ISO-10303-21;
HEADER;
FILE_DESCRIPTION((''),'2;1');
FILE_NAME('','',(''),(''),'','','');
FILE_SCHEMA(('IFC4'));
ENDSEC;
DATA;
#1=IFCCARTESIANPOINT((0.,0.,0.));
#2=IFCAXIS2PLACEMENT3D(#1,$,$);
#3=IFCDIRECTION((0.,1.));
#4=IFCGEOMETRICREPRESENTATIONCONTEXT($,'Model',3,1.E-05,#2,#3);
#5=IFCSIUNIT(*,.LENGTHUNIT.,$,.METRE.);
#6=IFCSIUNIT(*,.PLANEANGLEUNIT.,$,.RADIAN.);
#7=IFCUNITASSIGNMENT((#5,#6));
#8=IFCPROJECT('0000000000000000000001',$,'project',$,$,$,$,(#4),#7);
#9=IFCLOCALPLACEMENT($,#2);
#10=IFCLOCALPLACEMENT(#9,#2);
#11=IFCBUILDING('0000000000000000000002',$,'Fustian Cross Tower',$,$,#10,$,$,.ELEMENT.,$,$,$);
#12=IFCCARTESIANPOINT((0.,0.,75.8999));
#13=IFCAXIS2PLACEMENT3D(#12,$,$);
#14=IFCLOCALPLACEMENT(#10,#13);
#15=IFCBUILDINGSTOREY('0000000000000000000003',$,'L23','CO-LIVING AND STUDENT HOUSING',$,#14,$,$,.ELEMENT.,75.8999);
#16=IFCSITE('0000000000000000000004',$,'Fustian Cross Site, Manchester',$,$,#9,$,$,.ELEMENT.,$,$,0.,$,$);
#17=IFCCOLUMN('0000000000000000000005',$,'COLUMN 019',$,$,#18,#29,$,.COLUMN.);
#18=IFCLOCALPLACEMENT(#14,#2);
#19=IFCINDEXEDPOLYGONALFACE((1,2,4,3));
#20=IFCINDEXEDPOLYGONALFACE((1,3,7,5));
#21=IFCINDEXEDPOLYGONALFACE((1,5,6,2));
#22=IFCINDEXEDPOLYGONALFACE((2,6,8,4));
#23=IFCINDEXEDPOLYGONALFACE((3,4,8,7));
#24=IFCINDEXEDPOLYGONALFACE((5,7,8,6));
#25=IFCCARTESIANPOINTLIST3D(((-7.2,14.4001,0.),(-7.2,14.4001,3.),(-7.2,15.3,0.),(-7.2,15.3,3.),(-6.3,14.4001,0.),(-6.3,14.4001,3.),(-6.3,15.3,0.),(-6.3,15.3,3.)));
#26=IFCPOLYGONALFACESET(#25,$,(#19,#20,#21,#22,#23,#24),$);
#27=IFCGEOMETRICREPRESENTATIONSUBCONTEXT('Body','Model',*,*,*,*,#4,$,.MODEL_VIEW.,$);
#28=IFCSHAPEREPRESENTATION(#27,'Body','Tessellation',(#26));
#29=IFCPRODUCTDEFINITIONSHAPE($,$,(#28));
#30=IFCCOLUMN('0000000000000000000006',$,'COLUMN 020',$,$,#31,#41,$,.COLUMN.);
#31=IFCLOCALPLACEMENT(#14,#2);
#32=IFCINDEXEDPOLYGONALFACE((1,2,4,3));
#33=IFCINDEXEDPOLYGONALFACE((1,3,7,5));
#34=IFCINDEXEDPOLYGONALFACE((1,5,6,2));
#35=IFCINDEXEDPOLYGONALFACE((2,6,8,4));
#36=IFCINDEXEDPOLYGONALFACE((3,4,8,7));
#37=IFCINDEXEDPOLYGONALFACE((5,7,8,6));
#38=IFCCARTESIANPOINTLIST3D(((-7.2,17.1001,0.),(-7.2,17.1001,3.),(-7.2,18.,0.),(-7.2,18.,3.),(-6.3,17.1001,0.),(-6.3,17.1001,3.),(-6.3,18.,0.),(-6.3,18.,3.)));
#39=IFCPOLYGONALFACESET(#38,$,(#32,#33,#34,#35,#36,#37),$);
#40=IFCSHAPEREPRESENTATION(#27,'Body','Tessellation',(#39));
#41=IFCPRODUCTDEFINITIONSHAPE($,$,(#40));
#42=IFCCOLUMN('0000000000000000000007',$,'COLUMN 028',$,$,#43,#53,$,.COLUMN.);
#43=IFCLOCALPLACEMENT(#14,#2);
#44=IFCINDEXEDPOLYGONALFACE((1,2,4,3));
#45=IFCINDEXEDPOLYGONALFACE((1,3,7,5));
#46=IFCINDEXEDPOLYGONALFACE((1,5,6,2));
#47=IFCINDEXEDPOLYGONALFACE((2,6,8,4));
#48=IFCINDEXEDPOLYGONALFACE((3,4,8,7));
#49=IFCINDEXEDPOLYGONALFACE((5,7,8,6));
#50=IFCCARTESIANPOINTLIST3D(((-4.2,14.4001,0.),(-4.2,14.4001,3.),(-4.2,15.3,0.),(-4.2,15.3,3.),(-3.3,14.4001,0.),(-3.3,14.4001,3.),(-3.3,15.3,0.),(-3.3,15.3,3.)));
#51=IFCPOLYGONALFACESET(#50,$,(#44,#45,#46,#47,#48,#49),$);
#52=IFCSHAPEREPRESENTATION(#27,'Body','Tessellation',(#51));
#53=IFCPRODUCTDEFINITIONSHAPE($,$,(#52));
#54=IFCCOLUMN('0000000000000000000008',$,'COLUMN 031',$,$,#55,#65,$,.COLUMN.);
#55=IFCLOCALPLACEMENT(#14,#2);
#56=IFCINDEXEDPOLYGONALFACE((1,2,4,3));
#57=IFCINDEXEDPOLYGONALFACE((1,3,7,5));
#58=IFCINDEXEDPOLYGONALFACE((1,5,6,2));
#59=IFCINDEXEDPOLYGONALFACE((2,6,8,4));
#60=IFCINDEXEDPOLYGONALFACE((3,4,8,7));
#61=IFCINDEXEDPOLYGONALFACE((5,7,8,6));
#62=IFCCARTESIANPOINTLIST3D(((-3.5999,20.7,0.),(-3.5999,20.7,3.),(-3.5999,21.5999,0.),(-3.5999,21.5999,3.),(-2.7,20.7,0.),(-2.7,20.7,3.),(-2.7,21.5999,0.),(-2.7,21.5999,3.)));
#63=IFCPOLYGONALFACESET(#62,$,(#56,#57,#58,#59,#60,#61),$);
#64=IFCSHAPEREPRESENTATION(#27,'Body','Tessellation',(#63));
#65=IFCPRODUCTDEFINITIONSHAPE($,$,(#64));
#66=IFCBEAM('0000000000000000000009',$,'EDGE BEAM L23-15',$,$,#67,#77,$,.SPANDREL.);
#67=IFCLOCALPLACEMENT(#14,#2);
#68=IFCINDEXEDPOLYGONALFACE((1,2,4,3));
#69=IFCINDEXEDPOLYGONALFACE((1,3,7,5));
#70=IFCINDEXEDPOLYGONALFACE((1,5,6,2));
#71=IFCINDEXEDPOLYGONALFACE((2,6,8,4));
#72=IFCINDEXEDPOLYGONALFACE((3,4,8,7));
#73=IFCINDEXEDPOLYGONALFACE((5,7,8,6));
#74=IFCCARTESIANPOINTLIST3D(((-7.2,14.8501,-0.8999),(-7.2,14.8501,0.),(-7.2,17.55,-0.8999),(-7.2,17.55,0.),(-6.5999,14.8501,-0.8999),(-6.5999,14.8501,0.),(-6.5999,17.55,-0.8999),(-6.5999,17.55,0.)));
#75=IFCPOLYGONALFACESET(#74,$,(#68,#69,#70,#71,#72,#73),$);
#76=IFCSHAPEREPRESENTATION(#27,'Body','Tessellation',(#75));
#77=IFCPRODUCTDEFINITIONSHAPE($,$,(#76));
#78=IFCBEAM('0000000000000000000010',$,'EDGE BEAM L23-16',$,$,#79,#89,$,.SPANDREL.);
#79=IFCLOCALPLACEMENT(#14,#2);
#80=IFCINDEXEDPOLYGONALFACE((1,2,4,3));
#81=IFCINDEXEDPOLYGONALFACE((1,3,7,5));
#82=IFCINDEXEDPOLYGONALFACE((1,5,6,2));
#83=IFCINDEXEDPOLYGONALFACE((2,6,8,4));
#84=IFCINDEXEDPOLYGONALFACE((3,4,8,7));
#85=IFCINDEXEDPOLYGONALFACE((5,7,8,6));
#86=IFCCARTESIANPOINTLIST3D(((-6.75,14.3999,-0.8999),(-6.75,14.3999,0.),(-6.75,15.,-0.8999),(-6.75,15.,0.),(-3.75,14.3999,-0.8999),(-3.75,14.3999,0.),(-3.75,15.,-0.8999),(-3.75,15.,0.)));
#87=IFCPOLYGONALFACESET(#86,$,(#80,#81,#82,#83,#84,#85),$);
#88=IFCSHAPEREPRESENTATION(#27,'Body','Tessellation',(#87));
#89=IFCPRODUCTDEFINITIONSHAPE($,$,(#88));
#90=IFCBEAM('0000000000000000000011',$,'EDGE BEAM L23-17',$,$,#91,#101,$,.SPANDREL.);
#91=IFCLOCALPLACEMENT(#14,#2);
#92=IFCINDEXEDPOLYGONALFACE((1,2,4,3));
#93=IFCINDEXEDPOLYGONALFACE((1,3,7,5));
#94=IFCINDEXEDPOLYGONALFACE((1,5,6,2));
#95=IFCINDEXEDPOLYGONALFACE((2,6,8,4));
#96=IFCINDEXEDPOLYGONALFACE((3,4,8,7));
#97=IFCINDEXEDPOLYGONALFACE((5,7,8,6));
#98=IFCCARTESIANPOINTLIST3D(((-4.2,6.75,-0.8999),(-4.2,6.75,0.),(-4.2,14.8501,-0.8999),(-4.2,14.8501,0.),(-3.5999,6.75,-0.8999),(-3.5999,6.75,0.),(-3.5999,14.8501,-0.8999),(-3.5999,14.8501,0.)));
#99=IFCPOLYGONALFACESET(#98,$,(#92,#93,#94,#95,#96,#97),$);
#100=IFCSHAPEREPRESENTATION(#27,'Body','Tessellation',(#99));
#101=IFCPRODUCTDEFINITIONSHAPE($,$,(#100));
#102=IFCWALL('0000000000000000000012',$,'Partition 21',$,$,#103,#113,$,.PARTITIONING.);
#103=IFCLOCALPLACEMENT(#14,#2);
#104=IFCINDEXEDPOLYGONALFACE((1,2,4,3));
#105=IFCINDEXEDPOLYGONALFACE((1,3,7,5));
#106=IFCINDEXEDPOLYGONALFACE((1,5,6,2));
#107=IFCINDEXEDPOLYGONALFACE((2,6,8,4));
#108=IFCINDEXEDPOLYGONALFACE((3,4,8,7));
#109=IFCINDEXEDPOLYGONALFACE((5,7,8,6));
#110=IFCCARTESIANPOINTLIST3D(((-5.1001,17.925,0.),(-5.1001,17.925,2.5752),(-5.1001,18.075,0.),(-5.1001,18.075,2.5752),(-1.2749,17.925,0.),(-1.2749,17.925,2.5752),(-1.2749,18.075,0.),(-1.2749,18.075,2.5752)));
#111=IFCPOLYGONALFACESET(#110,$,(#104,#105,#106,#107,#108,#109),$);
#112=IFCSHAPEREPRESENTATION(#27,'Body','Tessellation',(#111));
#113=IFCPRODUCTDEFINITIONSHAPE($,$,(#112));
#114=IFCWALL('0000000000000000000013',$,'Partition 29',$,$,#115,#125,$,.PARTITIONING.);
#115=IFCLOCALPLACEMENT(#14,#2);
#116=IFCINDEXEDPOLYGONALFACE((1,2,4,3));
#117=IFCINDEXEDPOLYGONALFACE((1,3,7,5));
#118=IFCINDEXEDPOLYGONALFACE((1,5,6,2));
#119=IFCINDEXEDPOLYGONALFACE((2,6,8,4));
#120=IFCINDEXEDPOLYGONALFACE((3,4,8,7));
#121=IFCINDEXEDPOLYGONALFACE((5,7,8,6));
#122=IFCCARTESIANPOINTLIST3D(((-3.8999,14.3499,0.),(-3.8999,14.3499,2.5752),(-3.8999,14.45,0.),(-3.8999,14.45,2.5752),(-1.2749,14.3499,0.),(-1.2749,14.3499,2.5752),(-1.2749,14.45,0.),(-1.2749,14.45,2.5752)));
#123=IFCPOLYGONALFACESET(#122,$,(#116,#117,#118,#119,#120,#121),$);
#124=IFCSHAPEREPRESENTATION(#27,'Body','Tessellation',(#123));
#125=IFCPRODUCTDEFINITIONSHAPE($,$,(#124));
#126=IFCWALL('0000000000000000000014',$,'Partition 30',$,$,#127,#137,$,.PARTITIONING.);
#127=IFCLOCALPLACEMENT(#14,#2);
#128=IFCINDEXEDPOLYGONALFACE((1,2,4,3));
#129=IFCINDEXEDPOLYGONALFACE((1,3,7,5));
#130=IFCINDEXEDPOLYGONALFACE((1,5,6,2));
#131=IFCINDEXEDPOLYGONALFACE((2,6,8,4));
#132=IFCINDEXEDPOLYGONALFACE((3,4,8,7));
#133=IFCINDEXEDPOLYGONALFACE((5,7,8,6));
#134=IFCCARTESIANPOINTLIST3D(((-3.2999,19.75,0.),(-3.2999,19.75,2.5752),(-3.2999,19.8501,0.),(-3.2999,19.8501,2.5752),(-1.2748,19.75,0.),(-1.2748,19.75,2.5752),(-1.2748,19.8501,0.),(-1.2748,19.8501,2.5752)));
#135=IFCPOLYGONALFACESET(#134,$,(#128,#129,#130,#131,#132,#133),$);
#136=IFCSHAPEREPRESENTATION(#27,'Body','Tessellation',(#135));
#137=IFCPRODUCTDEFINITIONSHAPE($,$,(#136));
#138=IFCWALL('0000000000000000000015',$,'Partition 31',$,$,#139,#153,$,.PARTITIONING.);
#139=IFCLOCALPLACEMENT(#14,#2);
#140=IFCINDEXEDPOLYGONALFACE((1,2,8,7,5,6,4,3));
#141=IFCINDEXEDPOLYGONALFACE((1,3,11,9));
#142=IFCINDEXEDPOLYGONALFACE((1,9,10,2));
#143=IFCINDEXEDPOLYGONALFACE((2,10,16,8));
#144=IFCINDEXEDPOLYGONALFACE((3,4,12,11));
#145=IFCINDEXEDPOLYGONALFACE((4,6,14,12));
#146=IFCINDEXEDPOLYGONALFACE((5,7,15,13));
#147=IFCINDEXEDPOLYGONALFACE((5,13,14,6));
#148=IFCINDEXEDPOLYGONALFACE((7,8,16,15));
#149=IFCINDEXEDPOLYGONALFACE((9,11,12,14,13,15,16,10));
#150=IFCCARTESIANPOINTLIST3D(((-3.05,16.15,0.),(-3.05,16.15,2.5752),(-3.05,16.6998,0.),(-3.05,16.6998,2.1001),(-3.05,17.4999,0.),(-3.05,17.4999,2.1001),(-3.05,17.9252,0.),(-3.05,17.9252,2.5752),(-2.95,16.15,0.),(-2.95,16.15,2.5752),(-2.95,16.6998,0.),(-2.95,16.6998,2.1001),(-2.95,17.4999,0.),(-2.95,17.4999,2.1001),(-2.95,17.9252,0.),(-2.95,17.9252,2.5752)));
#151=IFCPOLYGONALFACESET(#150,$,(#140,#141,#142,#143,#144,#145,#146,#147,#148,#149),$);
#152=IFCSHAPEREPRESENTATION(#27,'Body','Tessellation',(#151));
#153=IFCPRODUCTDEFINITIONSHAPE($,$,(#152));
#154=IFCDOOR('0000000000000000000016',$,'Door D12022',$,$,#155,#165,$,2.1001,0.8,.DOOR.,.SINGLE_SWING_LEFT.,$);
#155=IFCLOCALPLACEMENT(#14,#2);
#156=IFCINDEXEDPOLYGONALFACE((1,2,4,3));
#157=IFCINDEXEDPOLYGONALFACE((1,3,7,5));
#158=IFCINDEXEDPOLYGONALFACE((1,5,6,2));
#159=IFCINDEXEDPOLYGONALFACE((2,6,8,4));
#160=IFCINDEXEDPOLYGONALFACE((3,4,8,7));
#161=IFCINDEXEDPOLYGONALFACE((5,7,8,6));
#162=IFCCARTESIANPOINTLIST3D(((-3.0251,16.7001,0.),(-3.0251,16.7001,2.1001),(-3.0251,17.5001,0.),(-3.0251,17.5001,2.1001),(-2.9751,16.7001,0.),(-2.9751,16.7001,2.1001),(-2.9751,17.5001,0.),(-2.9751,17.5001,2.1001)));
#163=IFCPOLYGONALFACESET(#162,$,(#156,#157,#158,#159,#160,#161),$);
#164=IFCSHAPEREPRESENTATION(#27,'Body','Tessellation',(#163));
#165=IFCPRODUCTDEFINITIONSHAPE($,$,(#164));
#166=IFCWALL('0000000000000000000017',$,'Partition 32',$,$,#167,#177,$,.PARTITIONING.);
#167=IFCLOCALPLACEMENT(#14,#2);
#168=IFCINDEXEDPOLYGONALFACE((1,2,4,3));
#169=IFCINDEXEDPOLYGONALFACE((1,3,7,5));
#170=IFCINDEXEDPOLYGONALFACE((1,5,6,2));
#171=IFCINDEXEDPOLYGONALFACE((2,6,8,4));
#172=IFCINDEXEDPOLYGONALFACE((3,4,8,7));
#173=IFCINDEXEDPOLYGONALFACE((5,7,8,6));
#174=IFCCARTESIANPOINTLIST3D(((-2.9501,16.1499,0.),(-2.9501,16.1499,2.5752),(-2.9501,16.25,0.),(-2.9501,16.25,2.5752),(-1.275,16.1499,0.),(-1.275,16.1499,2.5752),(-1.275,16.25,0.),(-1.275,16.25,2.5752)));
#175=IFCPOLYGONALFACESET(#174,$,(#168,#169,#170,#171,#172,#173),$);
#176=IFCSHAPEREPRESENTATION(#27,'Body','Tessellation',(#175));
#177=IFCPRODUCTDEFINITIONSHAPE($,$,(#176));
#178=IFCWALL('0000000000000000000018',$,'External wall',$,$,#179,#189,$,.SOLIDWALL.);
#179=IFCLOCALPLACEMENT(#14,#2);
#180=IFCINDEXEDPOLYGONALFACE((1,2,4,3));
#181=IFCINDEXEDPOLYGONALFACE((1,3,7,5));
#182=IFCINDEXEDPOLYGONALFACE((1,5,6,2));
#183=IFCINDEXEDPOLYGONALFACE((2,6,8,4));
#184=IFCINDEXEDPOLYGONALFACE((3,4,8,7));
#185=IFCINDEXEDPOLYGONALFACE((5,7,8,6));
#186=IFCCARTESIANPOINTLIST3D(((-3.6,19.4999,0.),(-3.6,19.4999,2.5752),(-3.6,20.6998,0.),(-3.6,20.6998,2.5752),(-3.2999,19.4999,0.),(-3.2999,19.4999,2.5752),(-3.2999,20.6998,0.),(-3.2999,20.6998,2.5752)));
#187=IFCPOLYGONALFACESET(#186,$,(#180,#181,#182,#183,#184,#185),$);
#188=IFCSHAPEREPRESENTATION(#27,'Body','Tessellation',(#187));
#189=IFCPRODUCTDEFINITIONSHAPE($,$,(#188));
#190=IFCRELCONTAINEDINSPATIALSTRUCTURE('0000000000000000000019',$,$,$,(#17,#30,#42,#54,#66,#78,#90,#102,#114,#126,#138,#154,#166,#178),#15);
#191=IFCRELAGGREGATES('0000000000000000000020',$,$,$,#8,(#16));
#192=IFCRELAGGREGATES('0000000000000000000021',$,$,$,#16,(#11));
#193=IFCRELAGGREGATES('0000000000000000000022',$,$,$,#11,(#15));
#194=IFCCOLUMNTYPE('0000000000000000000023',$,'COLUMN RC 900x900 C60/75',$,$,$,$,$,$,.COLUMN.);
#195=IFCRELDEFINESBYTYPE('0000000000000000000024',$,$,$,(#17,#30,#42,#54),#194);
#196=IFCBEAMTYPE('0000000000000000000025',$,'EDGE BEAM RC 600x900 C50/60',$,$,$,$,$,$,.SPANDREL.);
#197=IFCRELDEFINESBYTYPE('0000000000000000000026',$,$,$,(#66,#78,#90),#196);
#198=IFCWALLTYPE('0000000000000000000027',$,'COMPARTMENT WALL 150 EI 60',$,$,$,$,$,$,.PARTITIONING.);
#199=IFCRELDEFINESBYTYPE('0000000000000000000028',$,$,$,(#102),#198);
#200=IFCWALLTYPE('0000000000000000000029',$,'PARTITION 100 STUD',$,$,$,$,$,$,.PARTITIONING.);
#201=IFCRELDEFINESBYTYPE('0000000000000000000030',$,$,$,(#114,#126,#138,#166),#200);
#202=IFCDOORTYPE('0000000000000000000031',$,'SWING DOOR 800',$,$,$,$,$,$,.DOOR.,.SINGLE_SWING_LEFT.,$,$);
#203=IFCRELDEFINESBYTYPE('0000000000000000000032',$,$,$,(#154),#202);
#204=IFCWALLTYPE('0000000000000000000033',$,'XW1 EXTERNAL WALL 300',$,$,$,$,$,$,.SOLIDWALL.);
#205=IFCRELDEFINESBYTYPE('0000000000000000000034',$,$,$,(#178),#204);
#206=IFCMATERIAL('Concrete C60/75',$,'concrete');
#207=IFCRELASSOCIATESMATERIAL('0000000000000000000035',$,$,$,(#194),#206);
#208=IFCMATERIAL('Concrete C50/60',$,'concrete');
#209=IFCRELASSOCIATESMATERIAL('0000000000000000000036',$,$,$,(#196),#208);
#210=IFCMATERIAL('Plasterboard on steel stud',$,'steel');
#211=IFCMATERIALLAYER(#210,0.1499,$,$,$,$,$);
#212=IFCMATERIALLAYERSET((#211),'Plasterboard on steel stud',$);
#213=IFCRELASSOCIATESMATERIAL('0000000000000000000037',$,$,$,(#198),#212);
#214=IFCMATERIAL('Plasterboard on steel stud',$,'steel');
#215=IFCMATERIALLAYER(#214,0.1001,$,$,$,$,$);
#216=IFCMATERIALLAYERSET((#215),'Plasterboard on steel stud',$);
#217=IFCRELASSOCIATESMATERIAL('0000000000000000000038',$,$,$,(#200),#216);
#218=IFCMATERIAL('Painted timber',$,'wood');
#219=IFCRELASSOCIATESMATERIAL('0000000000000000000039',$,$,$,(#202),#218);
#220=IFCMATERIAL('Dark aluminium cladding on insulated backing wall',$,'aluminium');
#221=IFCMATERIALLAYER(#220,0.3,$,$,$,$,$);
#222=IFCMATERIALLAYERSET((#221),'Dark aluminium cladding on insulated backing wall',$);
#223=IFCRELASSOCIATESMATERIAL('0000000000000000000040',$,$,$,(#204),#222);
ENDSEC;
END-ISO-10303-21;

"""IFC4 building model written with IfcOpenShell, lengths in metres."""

from ifc_helpers import new_model, si_unit, direction, frame, frame_2d, origin, origin_2d, place, context, subcontext, project, spatial, rectangle, extrude, material, layer, layer_set, material_profile, profile_set, type_object, element, fill, save


model = new_model("IFC4")

# Units and contexts
model_context = context("Model", 3, precision=1e-05, world=origin(), true_north=direction((0.0, 1.0)))
body_context = subcontext(model_context, "Body", "Model", "MODEL_VIEW")
ifc_project = project(units=[si_unit("LENGTHUNIT", "METRE"), si_unit("PLANEANGLEUNIT", "RADIAN")], contexts=[model_context])

# Site, building, storey
site_placement = place(None, origin())
site = spatial("IfcSite", under=ifc_project, at=site_placement, Name="Fustian Cross Site, Manchester", CompositionType="ELEMENT", RefElevation=0.0)
building_placement = place(site_placement, origin())
building = spatial("IfcBuilding", under=site, at=building_placement, Name="Fustian Cross Tower", CompositionType="ELEMENT")
storey_placement = place(building_placement, frame((0.0, 0.0, 75.8999)))
storey = spatial("IfcBuildingStorey", under=building, at=storey_placement, Name="L23", Description="CO-LIVING AND STUDENT HOUSING", CompositionType="ELEMENT", Elevation=75.8999)

# Columns
ifc_material_1 = material(Name="Concrete C60/75", Category="concrete")
ifc_material_profile_1 = material_profile(ifc_material_1, rectangle(XDim=0.8999, YDim=0.8999, at=origin_2d()), Name="RC 900x900")
ifc_profile_set_1 = profile_set([ifc_material_profile_1], Name="Concrete C60/75")
column_type = type_object("IfcColumnType", Name="COLUMN RC 900x900 C60/75", PredefinedType="COLUMN", material=ifc_profile_set_1)
for number, where, z_axis, x_axis, name in (
    (1, (-6.75, 14.8501, 0.0), (0.0, 0.0, 1.0), (1.0, 0.0, 0.0), "COLUMN 019"),
    (2, (-6.75, 17.55, 0.0), (0.0, 0.0, 1.0), (1.0, 0.0, 0.0), "COLUMN 020"),
    (3, (-3.75, 14.8501, 0.0), (0.0, 0.0, 1.0), (1.0, 0.0, 0.0), "COLUMN 028"),
    (4, (-3.1499, 21.1499, 0.0), (0.0, 0.0, 1.0), (1.0, 0.0, 0.0), "COLUMN 031"),
):
    element("IfcColumn", number, at=place(storey_placement, frame(where, z_axis=z_axis, x_axis=x_axis)), inside=storey, type_object=column_type, Name=name, PredefinedType="COLUMN", context=body_context, shape_type="SweptSolid", body=[
        extrude(rectangle(XDim=0.8999, YDim=0.8999, at=origin_2d()), origin(), (0.0, 0.0, 1.0), 3.0),
    ])

# Beams
ifc_material_2 = material(Name="Concrete C50/60", Category="concrete")
ifc_material_profile_2 = material_profile(ifc_material_2, rectangle(XDim=0.6001, YDim=0.8999, at=origin_2d()), Name="RC 600x900")
ifc_profile_set_2 = profile_set([ifc_material_profile_2], Name="Concrete C50/60")
beam_type = type_object("IfcBeamType", Name="EDGE BEAM RC 600x900 C50/60", PredefinedType="SPANDREL", material=ifc_profile_set_2)
beam_1_placement = place(storey_placement, frame((-6.8999, 17.55, -0.45), z_axis=(0.0, -1.0, 0.0), x_axis=(1.0, 0.0, 0.0)))
element("IfcBeam", 5, at=beam_1_placement, inside=storey, type_object=beam_type, Name="EDGE BEAM L23-15", PredefinedType="SPANDREL", context=body_context, shape_type="SweptSolid", body=[
    extrude(rectangle(XDim=0.6001, YDim=0.8999, at=origin_2d()), origin(), (0.0, 0.0, 1.0), 2.7),
])
beam_2_placement = place(storey_placement, frame((-6.75, 14.7, -0.45), z_axis=(1.0, 0.0, 0.0), x_axis=(0.0, 1.0, 0.0)))
element("IfcBeam", 6, at=beam_2_placement, inside=storey, type_object=beam_type, Name="EDGE BEAM L23-16", PredefinedType="SPANDREL", context=body_context, shape_type="SweptSolid", body=[
    extrude(rectangle(XDim=0.6001, YDim=0.8999, at=origin_2d()), origin(), (0.0, 0.0, 1.0), 3.0),
])
beam_3_placement = place(storey_placement, frame((-3.8999, 14.8501, -0.45), z_axis=(0.0, -1.0, 0.0), x_axis=(1.0, 0.0, 0.0)))
element("IfcBeam", 7, at=beam_3_placement, inside=storey, type_object=beam_type, Name="EDGE BEAM L23-17", PredefinedType="SPANDREL", context=body_context, shape_type="SweptSolid", body=[
    extrude(rectangle(XDim=0.6001, YDim=0.8999, at=origin_2d()), origin(), (0.0, 0.0, 1.0), 8.1001),
])

# Walls
ifc_material_3 = material(Name="Plasterboard on steel stud", Category="steel")
ifc_layer_1 = layer(ifc_material_3, 0.1499)
ifc_layer_set_1 = layer_set([ifc_layer_1], Name="Plasterboard on steel stud")
wall_type_1 = type_object("IfcWallType", Name="COMPARTMENT WALL 150 EI 60", PredefinedType="PARTITIONING", material=ifc_layer_set_1)
wall_1_placement = place(storey_placement, frame((-5.1001, 18.0, 0.0), z_axis=(0.0, 0.0, 1.0), x_axis=(1.0, 0.0, 0.0)))
element("IfcWall", 8, at=wall_1_placement, inside=storey, type_object=wall_type_1, Name="Partition 21", PredefinedType="PARTITIONING", context=body_context, shape_type="SweptSolid", body=[
    extrude(rectangle(XDim=3.8252, YDim=0.1499, at=frame_2d((1.9126, 0.0))), origin(), (0.0, 0.0, 1.0), 2.5752),
])
ifc_material_4 = material(Name="Plasterboard on steel stud", Category="steel")
ifc_layer_2 = layer(ifc_material_4, 0.1001)
ifc_layer_set_2 = layer_set([ifc_layer_2], Name="Plasterboard on steel stud")
wall_type_2 = type_object("IfcWallType", Name="PARTITION 100 STUD", PredefinedType="PARTITIONING", material=ifc_layer_set_2)
wall_2_placement = place(storey_placement, frame((-3.8999, 14.3999, 0.0), z_axis=(0.0, 0.0, 1.0), x_axis=(1.0, 0.0, 0.0)))
element("IfcWall", 9, at=wall_2_placement, inside=storey, type_object=wall_type_2, Name="Partition 29", PredefinedType="PARTITIONING", context=body_context, shape_type="SweptSolid", body=[
    extrude(rectangle(XDim=2.625, YDim=0.1001, at=frame_2d((1.3125, 0.0))), origin(), (0.0, 0.0, 1.0), 2.5752),
])
wall_3_placement = place(storey_placement, frame((-3.3, 19.8, 0.0), z_axis=(0.0, 0.0, 1.0), x_axis=(1.0, 0.0, 0.0)))
element("IfcWall", 10, at=wall_3_placement, inside=storey, type_object=wall_type_2, Name="Partition 30", PredefinedType="PARTITIONING", context=body_context, shape_type="SweptSolid", body=[
    extrude(rectangle(XDim=2.0251, YDim=0.1001, at=frame_2d((1.0127, 0.0))), origin(), (0.0, 0.0, 1.0), 2.5752),
])

# Wall, opening, door
wall_4_placement = place(storey_placement, frame((-3.0, 16.1499, 0.0), z_axis=(0.0, 0.0, 1.0), x_axis=(0.0, 1.0, 0.0)))
wall_4 = element("IfcWall", 11, at=wall_4_placement, inside=storey, type_object=wall_type_2, Name="Partition 31", PredefinedType="PARTITIONING", context=body_context, shape_type="SweptSolid", body=[
    extrude(rectangle(XDim=1.7751, YDim=0.1001, at=frame_2d((0.8877, 0.0))), origin(), (0.0, 0.0, 1.0), 2.5752),
])
opening_1_placement = place(wall_4_placement, frame((0.55, 0.0, 0.0)))
opening_1 = element("IfcOpeningElement", 12, at=opening_1_placement, cuts=wall_4, PredefinedType="OPENING", context=body_context, shape_type="SweptSolid", body=[
    extrude(rectangle(XDim=0.8, YDim=2.1001, at=frame_2d((0.3999, 1.05))), frame((0.0, 0.0601, 0.0), z_axis=(0.0, -1.0, 0.0), x_axis=(1.0, 0.0, 0.0)), (0.0, 0.0, 1.0), 0.1201),
])
ifc_material_5 = material(Name="Painted timber", Category="wood")
door_type_1 = type_object("IfcDoorType", Name="SWING DOOR 800", OperationType="SINGLE_SWING_LEFT", PredefinedType="DOOR", material=ifc_material_5)
door_1_placement = place(opening_1_placement, frame((0.8, 0.0, 0.0), z_axis=(0.0, 0.0, 1.0), x_axis=(-1.0, 0.0, 0.0)))
door_1 = element("IfcDoor", 13, at=door_1_placement, inside=storey, type_object=door_type_1, Name="Door D12022", OperationType="SINGLE_SWING_LEFT", OverallHeight=2.1001, OverallWidth=0.8, PredefinedType="DOOR", context=body_context, shape_type="SweptSolid", body=[
    extrude(rectangle(XDim=0.8, YDim=2.1001, at=frame_2d((0.3999, 1.05))), frame((0.0, 0.0249, 0.0), z_axis=(0.0, -1.0, 0.0), x_axis=(1.0, 0.0, 0.0)), (0.0, 0.0, 1.0), 0.05),
])
fill(opening_1, door_1)

# Walls
wall_5_placement = place(storey_placement, frame((-2.95, 16.2, 0.0), z_axis=(0.0, 0.0, 1.0), x_axis=(1.0, 0.0, 0.0)))
element("IfcWall", 14, at=wall_5_placement, inside=storey, type_object=wall_type_2, Name="Partition 32", PredefinedType="PARTITIONING", context=body_context, shape_type="SweptSolid", body=[
    extrude(rectangle(XDim=1.675, YDim=0.1001, at=frame_2d((0.8374, 0.0))), origin(), (0.0, 0.0, 1.0), 2.5752),
])
ifc_material_6 = material(Name="Dark aluminium cladding on insulated backing wall", Category="aluminium")
ifc_layer_3 = layer(ifc_material_6, 0.3)
ifc_layer_set_3 = layer_set([ifc_layer_3], Name="Dark aluminium cladding on insulated backing wall")
wall_type_3 = type_object("IfcWallType", Name="XW1 EXTERNAL WALL 300", PredefinedType="SOLIDWALL", material=ifc_layer_set_3)
wall_6_placement = place(storey_placement, frame((-3.45, 20.7, 0.0), z_axis=(0.0, 0.0, 1.0), x_axis=(0.0, -1.0, 0.0)))
element("IfcWall", 15, at=wall_6_placement, inside=storey, type_object=wall_type_3, Name="External wall", PredefinedType="SOLIDWALL", context=body_context, shape_type="SweptSolid", body=[
    extrude(rectangle(XDim=1.2, YDim=0.3, at=frame_2d((0.6001, 0.0))), origin(), (0.0, 0.0, 1.0), 2.5752),
])

save(model, "model.ifc")
